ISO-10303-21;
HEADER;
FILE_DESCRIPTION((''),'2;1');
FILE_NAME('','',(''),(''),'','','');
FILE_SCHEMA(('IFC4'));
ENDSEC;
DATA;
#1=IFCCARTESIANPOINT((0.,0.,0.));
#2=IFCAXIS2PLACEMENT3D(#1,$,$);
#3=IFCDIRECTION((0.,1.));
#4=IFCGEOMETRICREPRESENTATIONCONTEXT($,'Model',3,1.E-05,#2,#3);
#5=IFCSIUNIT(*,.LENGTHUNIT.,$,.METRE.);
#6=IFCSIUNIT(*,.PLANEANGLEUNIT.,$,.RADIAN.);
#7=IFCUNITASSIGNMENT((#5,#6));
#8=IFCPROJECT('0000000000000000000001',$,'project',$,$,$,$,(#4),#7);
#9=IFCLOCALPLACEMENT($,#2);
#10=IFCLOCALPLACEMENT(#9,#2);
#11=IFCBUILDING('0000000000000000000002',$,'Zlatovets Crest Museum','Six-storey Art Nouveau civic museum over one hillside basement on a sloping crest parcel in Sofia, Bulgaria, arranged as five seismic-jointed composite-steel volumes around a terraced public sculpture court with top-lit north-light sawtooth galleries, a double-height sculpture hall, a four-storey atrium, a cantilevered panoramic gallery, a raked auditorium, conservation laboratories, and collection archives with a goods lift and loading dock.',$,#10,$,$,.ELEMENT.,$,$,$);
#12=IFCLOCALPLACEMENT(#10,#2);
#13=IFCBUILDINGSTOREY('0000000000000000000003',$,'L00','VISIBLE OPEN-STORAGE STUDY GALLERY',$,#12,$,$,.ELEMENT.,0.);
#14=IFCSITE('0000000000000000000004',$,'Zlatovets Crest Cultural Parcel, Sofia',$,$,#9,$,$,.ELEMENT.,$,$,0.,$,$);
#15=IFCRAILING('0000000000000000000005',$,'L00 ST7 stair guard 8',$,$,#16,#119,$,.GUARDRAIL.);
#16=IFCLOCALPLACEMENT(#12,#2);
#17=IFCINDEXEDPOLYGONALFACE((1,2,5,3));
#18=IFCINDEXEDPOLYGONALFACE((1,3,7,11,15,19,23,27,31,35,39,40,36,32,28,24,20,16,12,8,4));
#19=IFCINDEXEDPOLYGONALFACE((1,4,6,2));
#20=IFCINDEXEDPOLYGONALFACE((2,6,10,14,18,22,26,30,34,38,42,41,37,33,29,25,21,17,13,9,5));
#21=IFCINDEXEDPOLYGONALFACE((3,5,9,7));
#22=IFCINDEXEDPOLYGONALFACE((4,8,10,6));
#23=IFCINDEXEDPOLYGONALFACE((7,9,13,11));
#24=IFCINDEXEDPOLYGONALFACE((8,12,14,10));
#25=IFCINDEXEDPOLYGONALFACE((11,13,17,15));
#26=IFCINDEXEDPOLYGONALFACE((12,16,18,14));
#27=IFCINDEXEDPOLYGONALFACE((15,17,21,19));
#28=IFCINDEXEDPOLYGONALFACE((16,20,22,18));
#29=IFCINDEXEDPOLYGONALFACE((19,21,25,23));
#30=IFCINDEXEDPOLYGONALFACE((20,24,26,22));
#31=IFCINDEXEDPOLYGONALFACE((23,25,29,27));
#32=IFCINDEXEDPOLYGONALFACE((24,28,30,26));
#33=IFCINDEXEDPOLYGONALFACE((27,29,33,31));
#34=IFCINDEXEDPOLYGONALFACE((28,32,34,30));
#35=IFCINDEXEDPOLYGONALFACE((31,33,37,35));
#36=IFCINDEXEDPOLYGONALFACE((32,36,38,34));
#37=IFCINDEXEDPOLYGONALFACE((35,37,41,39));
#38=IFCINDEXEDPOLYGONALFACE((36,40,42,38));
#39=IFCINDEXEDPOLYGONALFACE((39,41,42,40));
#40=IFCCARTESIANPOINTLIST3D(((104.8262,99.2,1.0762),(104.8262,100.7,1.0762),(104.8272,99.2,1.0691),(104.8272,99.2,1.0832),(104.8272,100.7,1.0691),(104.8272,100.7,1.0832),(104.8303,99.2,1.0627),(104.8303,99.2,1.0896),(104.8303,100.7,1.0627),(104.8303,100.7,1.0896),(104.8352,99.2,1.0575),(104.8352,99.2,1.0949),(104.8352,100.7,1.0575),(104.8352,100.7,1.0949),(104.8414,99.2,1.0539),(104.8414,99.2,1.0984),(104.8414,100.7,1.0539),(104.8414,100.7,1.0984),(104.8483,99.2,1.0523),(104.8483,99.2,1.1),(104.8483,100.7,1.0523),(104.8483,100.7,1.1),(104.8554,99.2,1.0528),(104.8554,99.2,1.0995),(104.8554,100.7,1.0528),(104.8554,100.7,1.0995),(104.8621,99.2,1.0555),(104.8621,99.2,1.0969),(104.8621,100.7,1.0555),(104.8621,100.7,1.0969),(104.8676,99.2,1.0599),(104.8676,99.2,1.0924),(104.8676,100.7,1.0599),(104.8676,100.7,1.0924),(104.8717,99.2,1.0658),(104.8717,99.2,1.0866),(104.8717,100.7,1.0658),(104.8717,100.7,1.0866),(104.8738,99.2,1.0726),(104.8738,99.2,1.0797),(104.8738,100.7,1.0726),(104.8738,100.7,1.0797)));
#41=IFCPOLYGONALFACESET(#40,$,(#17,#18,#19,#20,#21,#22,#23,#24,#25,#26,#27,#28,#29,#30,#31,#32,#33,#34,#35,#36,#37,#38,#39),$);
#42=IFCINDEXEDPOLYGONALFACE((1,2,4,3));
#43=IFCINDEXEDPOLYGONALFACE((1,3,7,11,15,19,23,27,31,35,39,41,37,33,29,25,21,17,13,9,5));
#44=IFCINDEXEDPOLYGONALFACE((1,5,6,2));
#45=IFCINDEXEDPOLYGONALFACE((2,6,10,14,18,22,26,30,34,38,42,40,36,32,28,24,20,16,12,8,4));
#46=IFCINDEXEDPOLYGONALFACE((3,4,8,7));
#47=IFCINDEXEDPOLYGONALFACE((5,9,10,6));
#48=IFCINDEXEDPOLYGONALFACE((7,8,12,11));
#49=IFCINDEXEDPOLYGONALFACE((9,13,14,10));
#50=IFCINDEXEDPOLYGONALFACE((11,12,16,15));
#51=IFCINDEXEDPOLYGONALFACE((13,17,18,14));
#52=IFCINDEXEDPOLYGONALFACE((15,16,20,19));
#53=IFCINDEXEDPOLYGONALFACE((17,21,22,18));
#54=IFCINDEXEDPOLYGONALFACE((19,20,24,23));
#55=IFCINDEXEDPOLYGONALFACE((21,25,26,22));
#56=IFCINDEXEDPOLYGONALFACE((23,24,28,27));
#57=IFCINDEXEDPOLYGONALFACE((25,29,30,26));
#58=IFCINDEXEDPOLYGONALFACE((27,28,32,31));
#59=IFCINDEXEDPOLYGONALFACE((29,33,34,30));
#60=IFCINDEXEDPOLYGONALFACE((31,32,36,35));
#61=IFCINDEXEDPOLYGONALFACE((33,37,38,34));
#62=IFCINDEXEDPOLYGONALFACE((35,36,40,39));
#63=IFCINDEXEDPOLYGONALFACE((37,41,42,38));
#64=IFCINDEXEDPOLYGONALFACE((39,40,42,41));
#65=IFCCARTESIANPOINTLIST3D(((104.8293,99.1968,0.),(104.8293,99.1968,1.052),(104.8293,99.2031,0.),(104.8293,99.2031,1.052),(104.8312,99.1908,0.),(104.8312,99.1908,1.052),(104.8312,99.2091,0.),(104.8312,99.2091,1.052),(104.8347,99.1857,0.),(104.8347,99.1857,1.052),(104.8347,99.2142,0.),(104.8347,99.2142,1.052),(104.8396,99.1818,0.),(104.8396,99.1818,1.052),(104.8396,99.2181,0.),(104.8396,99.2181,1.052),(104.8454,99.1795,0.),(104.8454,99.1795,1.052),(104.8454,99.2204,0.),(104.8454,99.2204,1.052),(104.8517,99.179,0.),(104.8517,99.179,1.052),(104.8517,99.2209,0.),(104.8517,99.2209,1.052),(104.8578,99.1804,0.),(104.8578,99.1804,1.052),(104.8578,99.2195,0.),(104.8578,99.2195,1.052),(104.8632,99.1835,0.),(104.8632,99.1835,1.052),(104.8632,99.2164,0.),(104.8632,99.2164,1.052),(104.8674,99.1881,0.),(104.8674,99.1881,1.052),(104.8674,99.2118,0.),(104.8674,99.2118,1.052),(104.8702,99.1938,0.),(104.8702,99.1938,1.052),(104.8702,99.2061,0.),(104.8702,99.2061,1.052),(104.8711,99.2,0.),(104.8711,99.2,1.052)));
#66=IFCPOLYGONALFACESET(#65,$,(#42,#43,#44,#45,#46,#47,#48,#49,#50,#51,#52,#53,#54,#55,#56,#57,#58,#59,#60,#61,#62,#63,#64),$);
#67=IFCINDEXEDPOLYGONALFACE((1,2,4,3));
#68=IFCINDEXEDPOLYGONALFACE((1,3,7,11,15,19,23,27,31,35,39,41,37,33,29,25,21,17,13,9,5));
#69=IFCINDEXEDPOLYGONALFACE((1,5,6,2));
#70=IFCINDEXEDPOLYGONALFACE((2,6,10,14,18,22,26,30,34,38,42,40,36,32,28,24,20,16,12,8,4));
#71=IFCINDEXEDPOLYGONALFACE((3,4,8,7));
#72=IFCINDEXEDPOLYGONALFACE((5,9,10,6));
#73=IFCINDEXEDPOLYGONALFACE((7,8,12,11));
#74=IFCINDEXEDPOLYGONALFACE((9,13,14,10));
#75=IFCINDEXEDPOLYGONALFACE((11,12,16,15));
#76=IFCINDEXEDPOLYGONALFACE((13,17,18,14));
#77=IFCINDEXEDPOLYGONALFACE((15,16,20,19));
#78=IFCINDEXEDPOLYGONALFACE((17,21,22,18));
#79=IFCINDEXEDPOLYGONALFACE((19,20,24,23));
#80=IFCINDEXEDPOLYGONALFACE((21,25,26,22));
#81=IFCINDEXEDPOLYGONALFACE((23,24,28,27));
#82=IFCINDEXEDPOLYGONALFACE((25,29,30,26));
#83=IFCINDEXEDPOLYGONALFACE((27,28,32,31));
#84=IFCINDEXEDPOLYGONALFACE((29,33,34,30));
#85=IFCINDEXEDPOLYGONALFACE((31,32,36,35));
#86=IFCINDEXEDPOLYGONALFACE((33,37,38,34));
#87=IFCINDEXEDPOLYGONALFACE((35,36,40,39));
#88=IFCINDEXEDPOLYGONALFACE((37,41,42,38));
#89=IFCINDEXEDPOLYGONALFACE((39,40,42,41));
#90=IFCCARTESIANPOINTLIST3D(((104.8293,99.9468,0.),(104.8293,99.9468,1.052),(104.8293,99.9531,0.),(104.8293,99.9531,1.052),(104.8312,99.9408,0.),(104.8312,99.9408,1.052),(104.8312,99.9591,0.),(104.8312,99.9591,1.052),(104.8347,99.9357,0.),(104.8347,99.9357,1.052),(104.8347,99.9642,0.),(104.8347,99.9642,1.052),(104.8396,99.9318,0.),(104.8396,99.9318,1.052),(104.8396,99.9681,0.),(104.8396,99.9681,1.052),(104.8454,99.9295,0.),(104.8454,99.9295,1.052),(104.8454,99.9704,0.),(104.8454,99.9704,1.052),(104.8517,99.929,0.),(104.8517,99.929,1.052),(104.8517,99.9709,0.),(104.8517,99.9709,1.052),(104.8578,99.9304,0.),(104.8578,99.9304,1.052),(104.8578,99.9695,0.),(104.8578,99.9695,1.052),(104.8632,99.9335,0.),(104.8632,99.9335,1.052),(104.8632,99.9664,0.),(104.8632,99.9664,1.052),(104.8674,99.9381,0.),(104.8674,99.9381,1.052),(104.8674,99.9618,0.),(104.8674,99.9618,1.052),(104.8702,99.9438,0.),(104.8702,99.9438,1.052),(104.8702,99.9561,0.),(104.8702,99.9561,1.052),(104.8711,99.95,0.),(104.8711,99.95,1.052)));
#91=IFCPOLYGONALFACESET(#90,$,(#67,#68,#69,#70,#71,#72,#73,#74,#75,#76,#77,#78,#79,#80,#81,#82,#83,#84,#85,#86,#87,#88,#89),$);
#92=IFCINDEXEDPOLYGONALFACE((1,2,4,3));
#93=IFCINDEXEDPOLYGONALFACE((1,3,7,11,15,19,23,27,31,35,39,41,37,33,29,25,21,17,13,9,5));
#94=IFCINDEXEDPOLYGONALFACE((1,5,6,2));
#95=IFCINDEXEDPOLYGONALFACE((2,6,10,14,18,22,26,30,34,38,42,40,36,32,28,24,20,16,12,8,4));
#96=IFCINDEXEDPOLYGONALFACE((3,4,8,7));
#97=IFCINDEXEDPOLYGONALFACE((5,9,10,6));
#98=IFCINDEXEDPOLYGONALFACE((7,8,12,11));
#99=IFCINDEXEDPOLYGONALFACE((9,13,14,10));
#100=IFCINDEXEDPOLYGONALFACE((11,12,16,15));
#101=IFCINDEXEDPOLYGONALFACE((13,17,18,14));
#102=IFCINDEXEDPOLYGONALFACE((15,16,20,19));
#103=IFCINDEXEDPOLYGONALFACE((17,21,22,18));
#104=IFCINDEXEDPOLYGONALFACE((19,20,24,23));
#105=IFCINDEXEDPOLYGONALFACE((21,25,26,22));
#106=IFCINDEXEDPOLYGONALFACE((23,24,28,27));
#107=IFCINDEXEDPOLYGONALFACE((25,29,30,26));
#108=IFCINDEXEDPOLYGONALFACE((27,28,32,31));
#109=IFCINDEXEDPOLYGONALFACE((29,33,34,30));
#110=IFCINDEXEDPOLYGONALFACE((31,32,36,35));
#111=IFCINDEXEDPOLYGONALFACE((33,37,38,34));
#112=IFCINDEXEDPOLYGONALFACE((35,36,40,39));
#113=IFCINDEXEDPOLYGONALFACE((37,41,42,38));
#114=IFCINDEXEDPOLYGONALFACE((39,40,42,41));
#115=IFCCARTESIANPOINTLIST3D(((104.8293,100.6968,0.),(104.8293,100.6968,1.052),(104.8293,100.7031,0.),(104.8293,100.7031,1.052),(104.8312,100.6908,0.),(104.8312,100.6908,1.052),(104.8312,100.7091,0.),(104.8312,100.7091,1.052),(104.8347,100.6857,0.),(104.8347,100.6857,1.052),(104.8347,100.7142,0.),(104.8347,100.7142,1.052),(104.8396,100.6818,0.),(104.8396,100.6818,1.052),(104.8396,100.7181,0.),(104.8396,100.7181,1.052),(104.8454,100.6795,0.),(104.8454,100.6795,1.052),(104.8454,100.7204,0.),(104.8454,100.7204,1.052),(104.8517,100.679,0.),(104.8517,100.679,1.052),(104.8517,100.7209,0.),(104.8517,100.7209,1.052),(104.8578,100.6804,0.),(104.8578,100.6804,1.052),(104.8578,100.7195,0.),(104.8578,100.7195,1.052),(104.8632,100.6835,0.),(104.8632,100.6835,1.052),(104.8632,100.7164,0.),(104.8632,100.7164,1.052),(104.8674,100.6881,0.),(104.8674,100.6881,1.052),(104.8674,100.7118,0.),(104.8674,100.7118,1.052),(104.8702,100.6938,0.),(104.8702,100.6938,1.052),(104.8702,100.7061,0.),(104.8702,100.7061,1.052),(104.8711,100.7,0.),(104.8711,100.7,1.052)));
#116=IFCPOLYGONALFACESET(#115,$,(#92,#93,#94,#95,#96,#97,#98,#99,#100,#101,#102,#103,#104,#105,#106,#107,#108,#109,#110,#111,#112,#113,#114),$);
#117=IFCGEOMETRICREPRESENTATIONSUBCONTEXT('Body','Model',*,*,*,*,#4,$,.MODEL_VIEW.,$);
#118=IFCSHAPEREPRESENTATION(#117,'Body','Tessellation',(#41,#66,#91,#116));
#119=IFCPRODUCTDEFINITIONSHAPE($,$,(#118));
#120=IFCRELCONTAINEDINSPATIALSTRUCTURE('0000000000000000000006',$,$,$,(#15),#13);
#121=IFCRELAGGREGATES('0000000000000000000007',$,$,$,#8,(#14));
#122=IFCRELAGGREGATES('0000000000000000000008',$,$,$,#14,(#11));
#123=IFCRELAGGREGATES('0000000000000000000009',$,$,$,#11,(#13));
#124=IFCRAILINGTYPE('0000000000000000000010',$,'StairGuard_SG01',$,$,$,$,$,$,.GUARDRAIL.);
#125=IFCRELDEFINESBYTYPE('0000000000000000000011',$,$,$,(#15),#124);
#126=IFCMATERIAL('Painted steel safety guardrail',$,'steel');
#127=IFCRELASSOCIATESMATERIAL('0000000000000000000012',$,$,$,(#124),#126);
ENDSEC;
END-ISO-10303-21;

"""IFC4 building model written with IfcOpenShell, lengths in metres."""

from ifc_helpers import new_model, si_unit, direction, frame, origin, origin_2d, place, context, subcontext, project, spatial, circle, extrude, material, type_object, element, save


model = new_model("IFC4")

# Units and contexts
model_context = context("Model", 3, precision=1e-05, world=origin(), true_north=direction((0.0, 1.0)))
body_context = subcontext(model_context, "Body", "Model", "MODEL_VIEW")
ifc_project = project(units=[si_unit("LENGTHUNIT", "METRE"), si_unit("PLANEANGLEUNIT", "RADIAN")], contexts=[model_context])

# Site, building, storey
site_placement = place(None, origin())
site = spatial("IfcSite", under=ifc_project, at=site_placement, Name="Zlatovets Crest Cultural Parcel, Sofia", CompositionType="ELEMENT", RefElevation=0.0)
building_placement = place(site_placement, origin())
building = spatial("IfcBuilding", under=site, at=building_placement, Name="Zlatovets Crest Museum", Description="Six-storey Art Nouveau civic museum over one hillside basement on a sloping crest parcel in Sofia, Bulgaria, arranged as five seismic-jointed composite-steel volumes around a terraced public sculpture court with top-lit north-light sawtooth galleries, a double-height sculpture hall, a four-storey atrium, a cantilevered panoramic gallery, a raked auditorium, conservation laboratories, and collection archives with a goods lift and loading dock.", CompositionType="ELEMENT")
storey_placement = place(building_placement, origin())
storey = spatial("IfcBuildingStorey", under=building, at=storey_placement, Name="L00", Description="VISIBLE OPEN-STORAGE STUDY GALLERY", CompositionType="ELEMENT", Elevation=0.0)

# Railing
ifc_material_1 = material(Name="Painted steel safety guardrail", Category="steel")
railing_type_1 = type_object("IfcRailingType", Name="StairGuard_SG01", PredefinedType="GUARDRAIL", material=ifc_material_1)
for number, where, name in (
    (1, (104.8501, 99.2, 0.0), "L00 ST7 stair guard 8"),
):
    element("IfcRailing", number, at=place(storey_placement, frame(where)), inside=storey, type_object=railing_type_1, Name=name, PredefinedType="GUARDRAIL", context=body_context, shape_type="SweptSolid", body=[
        extrude(circle(Radius=0.0239, at=origin_2d()), frame((0.0, 0.0, 1.0762), z_axis=(0.0, 1.0, 0.0), x_axis=(-1.0, 0.0, 0.0)), (0.0, 0.0, 1.0), 1.5),
        extrude(circle(Radius=0.021, at=origin_2d()), origin(), (0.0, 0.0, 1.0), 1.052),
        extrude(circle(Radius=0.021, at=origin_2d()), frame((0.0, 0.75, 0.0)), (0.0, 0.0, 1.0), 1.052),
        extrude(circle(Radius=0.021, at=origin_2d()), frame((0.0, 1.5, 0.0)), (0.0, 0.0, 1.0), 1.052),
    ])

save(model, "model.ifc")
